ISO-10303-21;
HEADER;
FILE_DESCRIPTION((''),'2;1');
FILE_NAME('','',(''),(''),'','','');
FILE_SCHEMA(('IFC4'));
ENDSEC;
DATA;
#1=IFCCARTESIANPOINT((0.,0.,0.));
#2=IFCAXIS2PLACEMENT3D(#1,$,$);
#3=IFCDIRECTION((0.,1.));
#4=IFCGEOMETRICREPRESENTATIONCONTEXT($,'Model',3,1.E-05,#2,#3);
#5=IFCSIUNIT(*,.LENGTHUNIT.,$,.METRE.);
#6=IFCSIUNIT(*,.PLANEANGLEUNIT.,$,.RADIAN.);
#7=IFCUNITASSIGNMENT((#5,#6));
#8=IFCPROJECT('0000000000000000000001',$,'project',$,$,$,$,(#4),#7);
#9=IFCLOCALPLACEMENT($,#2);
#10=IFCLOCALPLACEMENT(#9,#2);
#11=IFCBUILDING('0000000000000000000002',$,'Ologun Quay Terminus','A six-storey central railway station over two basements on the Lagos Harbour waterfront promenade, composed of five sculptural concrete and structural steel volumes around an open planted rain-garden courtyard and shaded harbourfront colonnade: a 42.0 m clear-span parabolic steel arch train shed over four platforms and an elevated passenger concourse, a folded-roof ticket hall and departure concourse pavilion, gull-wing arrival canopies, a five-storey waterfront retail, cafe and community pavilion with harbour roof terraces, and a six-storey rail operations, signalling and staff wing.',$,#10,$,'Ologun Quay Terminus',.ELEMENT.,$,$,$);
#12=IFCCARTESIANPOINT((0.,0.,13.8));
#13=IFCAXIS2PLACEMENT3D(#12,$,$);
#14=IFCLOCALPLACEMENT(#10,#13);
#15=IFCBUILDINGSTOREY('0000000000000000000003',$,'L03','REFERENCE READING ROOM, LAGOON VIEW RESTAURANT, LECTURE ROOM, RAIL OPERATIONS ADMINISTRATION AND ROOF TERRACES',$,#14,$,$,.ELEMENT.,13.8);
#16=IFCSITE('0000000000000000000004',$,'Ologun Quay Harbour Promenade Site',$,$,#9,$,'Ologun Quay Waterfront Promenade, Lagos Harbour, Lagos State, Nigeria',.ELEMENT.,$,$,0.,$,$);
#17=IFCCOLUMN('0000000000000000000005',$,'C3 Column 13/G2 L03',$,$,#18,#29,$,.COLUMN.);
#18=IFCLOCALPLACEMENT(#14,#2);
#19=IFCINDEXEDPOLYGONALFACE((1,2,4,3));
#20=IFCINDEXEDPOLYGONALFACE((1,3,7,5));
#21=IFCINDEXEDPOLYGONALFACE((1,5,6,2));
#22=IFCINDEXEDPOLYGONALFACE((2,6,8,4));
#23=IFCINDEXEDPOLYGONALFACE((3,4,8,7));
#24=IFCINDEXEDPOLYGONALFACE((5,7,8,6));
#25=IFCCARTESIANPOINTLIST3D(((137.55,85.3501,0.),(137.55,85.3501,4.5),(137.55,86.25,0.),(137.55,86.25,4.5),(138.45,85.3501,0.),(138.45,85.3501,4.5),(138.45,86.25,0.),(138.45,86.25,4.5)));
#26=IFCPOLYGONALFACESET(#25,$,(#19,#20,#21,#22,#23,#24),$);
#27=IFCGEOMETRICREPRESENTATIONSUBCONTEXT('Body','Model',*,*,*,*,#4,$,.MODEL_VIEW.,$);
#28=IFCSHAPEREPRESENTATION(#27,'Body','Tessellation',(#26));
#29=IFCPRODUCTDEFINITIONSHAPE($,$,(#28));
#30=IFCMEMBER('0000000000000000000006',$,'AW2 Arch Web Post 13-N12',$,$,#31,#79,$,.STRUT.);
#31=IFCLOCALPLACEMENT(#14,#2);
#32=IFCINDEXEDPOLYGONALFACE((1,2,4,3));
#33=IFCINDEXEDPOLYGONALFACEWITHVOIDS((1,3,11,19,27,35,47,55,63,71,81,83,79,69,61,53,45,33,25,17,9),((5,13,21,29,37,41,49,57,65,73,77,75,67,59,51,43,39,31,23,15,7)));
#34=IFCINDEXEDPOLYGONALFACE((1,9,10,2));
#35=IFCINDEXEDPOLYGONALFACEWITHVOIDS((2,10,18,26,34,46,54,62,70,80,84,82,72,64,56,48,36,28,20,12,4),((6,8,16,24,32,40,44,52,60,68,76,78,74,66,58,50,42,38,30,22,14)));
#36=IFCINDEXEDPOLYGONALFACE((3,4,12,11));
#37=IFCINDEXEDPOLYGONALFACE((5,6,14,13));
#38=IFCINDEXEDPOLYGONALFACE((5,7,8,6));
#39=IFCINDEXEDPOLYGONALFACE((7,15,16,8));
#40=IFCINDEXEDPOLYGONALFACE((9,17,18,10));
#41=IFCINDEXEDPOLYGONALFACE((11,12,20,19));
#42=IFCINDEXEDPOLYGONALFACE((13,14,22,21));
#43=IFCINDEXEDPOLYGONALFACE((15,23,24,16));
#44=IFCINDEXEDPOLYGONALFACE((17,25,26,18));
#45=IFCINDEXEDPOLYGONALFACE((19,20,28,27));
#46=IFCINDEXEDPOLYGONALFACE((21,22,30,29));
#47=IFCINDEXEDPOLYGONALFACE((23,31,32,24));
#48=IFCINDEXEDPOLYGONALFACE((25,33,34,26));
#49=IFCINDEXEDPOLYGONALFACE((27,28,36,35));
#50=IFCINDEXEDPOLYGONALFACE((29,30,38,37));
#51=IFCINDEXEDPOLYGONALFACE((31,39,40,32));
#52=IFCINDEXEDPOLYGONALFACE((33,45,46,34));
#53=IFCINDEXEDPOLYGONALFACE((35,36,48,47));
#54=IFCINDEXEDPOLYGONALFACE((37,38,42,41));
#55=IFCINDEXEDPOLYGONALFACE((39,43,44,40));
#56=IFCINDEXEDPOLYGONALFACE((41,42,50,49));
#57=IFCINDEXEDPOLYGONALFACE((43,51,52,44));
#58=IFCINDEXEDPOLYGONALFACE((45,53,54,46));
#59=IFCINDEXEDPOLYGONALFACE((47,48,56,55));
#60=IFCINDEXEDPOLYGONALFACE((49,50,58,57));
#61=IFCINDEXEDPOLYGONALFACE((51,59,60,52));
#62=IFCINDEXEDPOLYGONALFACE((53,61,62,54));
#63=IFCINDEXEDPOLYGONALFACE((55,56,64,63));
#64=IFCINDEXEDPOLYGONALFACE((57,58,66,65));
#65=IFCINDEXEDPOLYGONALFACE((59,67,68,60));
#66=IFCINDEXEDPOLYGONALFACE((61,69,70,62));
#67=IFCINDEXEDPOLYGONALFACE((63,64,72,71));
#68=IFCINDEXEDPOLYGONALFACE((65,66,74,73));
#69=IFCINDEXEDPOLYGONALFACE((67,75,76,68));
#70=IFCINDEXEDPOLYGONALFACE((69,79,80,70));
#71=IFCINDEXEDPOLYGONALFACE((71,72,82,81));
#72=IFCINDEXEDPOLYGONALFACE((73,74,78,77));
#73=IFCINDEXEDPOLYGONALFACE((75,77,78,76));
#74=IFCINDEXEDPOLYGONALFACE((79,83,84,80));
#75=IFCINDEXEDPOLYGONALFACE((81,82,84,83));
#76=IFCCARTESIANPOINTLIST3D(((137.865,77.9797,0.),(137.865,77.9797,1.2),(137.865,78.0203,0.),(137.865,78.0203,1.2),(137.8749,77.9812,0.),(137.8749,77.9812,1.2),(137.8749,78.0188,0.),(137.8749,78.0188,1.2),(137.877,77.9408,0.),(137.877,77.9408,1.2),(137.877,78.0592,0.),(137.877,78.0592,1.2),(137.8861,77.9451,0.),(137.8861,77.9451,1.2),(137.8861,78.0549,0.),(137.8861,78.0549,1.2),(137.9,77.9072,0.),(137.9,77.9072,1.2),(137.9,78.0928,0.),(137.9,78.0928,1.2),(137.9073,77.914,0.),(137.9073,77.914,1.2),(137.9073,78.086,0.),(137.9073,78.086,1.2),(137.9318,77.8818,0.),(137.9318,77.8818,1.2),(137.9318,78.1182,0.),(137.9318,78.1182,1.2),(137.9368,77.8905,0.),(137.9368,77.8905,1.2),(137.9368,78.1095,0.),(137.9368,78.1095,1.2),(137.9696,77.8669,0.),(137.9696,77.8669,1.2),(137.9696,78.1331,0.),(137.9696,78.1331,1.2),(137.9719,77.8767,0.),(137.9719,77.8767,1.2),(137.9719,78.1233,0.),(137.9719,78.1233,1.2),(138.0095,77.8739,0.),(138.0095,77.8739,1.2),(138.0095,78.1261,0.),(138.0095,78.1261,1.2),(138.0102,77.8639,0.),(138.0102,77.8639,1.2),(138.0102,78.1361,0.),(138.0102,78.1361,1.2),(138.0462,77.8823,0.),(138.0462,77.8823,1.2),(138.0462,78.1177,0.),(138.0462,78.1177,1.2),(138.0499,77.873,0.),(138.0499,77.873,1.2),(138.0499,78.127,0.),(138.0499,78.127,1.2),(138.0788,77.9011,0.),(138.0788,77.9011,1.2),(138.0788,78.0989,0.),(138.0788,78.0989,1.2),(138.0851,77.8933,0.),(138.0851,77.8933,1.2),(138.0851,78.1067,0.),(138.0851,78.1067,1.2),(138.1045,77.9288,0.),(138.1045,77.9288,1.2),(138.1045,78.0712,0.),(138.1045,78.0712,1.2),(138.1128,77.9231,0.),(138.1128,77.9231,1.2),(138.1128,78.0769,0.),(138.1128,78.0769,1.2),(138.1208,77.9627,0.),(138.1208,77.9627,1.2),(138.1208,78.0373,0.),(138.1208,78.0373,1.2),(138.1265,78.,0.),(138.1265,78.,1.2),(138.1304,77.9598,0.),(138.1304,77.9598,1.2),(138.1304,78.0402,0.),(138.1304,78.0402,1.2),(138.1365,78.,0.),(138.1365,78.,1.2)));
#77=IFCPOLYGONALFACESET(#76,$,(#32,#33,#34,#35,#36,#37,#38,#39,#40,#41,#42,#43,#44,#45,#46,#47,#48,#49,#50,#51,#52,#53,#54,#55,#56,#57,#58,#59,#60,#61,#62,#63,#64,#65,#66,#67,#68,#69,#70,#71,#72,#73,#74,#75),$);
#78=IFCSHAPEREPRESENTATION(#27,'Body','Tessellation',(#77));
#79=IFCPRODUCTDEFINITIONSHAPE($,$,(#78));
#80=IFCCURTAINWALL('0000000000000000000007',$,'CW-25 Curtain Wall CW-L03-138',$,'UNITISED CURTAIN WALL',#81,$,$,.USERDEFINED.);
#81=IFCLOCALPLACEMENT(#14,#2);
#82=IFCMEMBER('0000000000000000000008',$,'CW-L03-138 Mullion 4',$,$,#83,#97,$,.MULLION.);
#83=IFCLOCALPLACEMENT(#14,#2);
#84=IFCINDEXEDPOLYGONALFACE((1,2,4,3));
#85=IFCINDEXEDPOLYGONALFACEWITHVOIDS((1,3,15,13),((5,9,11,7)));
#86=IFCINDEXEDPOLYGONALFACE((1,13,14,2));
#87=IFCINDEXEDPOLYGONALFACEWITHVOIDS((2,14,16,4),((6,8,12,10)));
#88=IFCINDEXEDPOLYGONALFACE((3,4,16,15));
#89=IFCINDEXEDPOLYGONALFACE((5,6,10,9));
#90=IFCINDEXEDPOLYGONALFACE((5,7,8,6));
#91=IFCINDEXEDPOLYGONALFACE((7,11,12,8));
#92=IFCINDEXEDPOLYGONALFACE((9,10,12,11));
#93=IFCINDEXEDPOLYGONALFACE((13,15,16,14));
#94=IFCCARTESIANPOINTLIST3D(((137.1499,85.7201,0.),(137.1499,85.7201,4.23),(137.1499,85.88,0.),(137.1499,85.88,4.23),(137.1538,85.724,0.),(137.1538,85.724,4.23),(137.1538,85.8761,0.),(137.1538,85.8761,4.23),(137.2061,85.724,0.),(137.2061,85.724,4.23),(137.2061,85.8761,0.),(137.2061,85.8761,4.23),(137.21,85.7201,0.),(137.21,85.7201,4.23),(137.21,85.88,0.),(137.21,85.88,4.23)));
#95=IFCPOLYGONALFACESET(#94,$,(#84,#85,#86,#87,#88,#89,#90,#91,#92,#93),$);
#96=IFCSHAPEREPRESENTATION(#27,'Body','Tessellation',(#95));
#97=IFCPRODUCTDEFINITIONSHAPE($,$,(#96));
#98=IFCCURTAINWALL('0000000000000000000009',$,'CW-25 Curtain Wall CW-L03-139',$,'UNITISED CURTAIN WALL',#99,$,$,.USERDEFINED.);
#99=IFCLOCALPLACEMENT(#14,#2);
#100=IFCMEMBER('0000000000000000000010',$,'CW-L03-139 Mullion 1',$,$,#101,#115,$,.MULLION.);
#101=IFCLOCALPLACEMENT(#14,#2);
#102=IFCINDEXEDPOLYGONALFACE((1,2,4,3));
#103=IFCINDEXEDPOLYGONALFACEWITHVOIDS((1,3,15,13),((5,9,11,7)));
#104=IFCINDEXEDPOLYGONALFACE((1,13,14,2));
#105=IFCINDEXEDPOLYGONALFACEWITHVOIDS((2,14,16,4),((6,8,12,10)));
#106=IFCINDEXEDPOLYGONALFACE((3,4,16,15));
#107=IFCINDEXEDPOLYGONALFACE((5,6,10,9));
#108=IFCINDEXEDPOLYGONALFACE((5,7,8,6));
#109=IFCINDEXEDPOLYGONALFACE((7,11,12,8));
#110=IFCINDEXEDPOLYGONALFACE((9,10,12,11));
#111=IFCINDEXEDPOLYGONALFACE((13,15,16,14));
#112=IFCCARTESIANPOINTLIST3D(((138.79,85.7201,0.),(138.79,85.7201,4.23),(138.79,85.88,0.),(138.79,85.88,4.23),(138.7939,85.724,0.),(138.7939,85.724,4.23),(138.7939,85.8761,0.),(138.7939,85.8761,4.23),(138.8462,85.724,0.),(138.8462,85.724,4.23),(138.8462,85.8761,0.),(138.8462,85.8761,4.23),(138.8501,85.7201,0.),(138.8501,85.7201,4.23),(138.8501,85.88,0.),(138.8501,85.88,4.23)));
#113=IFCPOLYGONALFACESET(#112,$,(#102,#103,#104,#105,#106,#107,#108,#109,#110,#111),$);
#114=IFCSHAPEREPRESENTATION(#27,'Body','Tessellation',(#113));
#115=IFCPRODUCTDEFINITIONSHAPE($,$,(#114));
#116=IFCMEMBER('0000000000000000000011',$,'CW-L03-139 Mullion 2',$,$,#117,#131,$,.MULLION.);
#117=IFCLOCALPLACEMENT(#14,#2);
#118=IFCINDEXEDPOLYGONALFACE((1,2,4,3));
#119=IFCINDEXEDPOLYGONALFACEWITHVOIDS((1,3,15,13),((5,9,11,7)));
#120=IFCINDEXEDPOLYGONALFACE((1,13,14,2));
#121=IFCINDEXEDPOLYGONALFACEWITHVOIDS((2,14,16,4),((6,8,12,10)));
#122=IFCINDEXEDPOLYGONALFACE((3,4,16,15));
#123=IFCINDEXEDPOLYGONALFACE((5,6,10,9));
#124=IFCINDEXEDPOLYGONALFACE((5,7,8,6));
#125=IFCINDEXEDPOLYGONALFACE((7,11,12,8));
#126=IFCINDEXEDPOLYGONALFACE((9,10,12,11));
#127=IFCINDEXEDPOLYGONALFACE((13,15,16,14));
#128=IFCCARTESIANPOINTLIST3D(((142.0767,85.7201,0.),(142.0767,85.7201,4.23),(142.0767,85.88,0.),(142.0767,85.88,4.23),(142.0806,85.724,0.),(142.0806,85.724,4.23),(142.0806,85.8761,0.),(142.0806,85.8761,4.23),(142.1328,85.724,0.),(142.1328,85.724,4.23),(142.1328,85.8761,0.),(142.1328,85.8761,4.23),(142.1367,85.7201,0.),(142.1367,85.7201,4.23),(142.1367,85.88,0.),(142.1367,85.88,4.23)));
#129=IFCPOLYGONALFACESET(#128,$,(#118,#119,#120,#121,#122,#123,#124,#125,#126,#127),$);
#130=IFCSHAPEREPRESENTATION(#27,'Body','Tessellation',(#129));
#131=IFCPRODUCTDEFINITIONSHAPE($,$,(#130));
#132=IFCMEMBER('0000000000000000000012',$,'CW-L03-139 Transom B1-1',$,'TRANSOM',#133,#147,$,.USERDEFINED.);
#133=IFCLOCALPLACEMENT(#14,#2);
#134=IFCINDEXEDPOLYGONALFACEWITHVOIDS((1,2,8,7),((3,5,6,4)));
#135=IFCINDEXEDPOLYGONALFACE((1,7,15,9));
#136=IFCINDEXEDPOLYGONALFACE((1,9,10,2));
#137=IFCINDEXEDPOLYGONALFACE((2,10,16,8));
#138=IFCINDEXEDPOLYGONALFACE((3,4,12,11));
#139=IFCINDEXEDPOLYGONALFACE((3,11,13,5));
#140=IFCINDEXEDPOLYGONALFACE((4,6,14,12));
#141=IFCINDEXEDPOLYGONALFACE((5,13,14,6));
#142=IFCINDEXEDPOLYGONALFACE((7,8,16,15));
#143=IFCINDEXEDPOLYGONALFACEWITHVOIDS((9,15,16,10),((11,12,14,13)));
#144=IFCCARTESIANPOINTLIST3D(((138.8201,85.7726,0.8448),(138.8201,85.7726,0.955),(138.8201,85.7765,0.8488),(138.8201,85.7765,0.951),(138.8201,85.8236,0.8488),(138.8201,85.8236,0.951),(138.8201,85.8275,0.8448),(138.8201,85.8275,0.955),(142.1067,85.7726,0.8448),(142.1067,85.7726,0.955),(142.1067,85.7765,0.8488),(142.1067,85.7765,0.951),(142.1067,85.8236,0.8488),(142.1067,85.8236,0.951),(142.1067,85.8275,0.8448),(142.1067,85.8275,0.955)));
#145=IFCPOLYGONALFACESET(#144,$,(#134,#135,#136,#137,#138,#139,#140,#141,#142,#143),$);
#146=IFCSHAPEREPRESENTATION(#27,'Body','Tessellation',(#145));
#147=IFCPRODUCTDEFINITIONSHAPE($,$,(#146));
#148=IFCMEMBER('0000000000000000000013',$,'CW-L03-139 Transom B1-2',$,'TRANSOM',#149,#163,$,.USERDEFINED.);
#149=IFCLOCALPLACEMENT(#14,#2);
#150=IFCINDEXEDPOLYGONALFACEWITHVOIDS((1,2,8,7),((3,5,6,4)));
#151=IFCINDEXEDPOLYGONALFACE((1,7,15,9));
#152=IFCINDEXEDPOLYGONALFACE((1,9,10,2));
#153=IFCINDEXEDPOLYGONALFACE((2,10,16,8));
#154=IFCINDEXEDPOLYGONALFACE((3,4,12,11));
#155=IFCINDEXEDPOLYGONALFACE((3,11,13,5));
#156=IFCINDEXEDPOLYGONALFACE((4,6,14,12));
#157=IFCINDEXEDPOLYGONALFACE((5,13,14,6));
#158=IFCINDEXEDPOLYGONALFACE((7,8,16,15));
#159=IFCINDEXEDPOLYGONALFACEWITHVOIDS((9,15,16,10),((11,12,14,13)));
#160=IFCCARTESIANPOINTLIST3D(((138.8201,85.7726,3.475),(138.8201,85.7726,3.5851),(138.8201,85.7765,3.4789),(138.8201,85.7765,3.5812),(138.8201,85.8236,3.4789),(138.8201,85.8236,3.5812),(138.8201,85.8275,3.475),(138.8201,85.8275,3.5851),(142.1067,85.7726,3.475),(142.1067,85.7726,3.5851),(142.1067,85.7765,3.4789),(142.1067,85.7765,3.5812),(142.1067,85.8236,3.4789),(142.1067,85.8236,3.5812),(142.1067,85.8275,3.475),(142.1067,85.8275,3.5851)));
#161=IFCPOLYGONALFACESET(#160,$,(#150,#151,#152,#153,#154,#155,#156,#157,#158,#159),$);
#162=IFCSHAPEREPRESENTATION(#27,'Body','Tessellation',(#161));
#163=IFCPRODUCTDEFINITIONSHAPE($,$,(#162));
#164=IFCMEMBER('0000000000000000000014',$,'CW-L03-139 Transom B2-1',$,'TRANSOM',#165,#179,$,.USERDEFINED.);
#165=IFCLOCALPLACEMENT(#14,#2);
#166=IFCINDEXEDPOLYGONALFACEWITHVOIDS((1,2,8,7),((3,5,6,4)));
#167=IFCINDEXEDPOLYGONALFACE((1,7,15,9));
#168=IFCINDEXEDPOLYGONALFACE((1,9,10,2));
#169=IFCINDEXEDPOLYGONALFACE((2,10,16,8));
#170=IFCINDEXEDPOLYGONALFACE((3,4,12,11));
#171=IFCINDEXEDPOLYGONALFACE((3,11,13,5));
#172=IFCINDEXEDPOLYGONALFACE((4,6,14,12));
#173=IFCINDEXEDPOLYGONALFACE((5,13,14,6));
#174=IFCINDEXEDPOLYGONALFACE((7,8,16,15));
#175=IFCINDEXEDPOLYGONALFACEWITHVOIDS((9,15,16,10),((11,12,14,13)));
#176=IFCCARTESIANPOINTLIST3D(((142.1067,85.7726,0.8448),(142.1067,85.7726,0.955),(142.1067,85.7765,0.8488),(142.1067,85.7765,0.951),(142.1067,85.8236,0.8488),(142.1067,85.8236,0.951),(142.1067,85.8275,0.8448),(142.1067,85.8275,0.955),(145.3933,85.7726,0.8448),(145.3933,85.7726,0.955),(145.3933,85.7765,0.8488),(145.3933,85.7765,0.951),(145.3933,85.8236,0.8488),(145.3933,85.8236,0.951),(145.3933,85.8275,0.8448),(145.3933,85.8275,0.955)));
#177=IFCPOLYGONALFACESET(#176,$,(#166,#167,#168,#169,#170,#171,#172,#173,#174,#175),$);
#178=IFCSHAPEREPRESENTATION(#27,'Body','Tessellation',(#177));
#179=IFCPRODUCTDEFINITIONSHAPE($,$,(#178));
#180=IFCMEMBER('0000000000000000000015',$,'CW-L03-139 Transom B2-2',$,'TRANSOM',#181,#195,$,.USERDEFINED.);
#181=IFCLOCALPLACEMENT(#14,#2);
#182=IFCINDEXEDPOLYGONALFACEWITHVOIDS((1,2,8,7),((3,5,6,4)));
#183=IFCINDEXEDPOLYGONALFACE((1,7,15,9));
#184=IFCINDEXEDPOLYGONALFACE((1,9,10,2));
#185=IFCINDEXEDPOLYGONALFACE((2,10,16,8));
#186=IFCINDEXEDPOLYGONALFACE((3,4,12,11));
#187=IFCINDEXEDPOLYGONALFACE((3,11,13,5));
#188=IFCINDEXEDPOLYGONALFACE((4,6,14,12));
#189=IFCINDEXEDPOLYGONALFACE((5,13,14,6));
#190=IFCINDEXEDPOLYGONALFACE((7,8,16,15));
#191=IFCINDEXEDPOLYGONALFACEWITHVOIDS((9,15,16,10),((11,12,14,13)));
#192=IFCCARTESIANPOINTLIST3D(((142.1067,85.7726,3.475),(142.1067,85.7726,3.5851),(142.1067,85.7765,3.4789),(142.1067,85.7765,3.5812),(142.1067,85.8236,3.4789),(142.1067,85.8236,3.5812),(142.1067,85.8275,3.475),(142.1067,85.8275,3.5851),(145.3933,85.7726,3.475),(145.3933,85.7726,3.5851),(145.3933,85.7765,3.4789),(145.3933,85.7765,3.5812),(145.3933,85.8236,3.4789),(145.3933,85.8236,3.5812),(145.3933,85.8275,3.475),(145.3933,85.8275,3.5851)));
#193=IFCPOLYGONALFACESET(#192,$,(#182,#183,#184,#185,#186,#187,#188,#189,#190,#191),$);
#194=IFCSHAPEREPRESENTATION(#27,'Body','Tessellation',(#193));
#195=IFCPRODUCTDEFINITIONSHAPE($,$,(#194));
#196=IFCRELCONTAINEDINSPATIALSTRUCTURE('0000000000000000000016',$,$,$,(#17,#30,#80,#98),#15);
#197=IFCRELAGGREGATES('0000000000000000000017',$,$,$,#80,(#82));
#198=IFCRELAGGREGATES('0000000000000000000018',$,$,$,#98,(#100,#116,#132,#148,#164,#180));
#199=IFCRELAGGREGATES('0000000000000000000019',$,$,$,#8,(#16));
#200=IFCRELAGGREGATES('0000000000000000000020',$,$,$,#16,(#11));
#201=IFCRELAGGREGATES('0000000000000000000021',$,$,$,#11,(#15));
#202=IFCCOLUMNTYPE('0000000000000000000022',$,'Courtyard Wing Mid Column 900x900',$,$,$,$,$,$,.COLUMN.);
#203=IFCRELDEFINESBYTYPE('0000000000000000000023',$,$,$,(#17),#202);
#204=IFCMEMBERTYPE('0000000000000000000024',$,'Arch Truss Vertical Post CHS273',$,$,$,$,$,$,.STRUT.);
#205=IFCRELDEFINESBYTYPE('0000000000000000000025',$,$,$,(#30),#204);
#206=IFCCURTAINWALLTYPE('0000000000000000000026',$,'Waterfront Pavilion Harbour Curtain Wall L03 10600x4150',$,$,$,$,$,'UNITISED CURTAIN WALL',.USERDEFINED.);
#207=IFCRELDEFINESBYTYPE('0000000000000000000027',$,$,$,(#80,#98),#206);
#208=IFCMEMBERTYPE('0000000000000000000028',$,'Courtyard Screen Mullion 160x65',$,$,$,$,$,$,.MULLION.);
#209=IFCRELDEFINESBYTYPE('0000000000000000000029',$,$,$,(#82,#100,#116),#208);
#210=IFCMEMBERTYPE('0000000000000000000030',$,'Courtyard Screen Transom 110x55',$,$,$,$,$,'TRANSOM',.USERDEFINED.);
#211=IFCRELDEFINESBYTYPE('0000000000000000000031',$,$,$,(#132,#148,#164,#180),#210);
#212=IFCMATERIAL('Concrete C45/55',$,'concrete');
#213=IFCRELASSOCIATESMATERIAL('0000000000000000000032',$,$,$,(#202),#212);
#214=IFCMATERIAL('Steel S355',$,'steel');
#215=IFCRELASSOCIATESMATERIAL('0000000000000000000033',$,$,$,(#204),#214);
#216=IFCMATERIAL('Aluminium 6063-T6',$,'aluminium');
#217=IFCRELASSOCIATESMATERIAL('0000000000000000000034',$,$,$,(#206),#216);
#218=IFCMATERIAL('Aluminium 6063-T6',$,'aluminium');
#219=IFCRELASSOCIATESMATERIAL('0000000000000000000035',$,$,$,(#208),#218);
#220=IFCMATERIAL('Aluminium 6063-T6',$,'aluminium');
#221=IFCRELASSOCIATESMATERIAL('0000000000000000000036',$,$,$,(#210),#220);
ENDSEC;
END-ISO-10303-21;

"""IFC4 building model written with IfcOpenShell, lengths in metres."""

from ifc_helpers import new_model, si_unit, direction, frame, origin, origin_2d, place, context, subcontext, project, spatial, rectangle, hollow_rectangle, hollow_circle, extrude, material, material_profile, profile_set, type_object, element, aggregate, save


model = new_model("IFC4")

# Units and contexts
model_context = context("Model", 3, precision=1e-05, world=origin(), true_north=direction((0.0, 1.0)))
body_context = subcontext(model_context, "Body", "Model", "MODEL_VIEW")
ifc_project = project(units=[si_unit("LENGTHUNIT", "METRE"), si_unit("PLANEANGLEUNIT", "RADIAN")], contexts=[model_context])

# Site, building, storey
site_placement = place(None, origin())
site = spatial("IfcSite", under=ifc_project, at=site_placement, Name="Ologun Quay Harbour Promenade Site", LongName="Ologun Quay Waterfront Promenade, Lagos Harbour, Lagos State, Nigeria", CompositionType="ELEMENT", RefElevation=0.0)
building_placement = place(site_placement, origin())
building = spatial("IfcBuilding", under=site, at=building_placement, Name="Ologun Quay Terminus", Description="A six-storey central railway station over two basements on the Lagos Harbour waterfront promenade, composed of five sculptural concrete and structural steel volumes around an open planted rain-garden courtyard and shaded harbourfront colonnade: a 42.0 m clear-span parabolic steel arch train shed over four platforms and an elevated passenger concourse, a folded-roof ticket hall and departure concourse pavilion, gull-wing arrival canopies, a five-storey waterfront retail, cafe and community pavilion with harbour roof terraces, and a six-storey rail operations, signalling and staff wing.", LongName="Ologun Quay Terminus", CompositionType="ELEMENT")
storey_placement = place(building_placement, frame((0.0, 0.0, 13.8)))
storey = spatial("IfcBuildingStorey", under=building, at=storey_placement, Name="L03", Description="REFERENCE READING ROOM, LAGOON VIEW RESTAURANT, LECTURE ROOM, RAIL OPERATIONS ADMINISTRATION AND ROOF TERRACES", CompositionType="ELEMENT", Elevation=13.8)

# Column
ifc_material_1 = material(Name="Concrete C45/55", Category="concrete")
ifc_material_profile_1 = material_profile(ifc_material_1, rectangle(XDim=0.8999, YDim=0.8999, at=origin_2d()), Name="RC 900x900")
ifc_profile_set_1 = profile_set([ifc_material_profile_1], Name="Concrete C45/55")
column_type = type_object("IfcColumnType", Name="Courtyard Wing Mid Column 900x900", PredefinedType="COLUMN", material=ifc_profile_set_1)
column_placement = place(storey_placement, frame((138.0, 85.8, 0.0), z_axis=(0.0, 0.0, 1.0), x_axis=(1.0, 0.0, 0.0)))
element("IfcColumn", 1, at=column_placement, inside=storey, type_object=column_type, Name="C3 Column 13/G2 L03", PredefinedType="COLUMN", context=body_context, shape_type="SweptSolid", body=[
    extrude(rectangle(XDim=0.8999, YDim=0.8999, at=origin_2d()), origin(), (0.0, 0.0, 1.0), 4.5),
])

# Member
ifc_material_2 = material(Name="Steel S355", Category="steel")
ifc_material_profile_2 = material_profile(ifc_material_2, hollow_circle(Radius=0.1365, WallThickness=0.01, at=origin_2d()), Name="CHS 273x10")
ifc_profile_set_2 = profile_set([ifc_material_profile_2], Name="Steel S355")
member_type_1 = type_object("IfcMemberType", Name="Arch Truss Vertical Post CHS273", PredefinedType="STRUT", material=ifc_profile_set_2)
member_1_placement = place(storey_placement, frame((138.0, 78.0, 0.0), z_axis=(0.0, 0.0, 1.0), x_axis=(1.0, 0.0, 0.0)))
element("IfcMember", 2, at=member_1_placement, inside=storey, type_object=member_type_1, Name="AW2 Arch Web Post 13-N12", PredefinedType="STRUT", context=body_context, shape_type="SweptSolid", body=[
    extrude(hollow_circle(Radius=0.1365, WallThickness=0.01, at=origin_2d()), origin(), (0.0, 0.0, 1.0), 1.2),
])

# Curtain wall, member
ifc_material_3 = material(Name="Aluminium 6063-T6", Category="aluminium")
curtain_wall_type = type_object("IfcCurtainWallType", Name="Waterfront Pavilion Harbour Curtain Wall L03 10600x4150", ElementType="UNITISED CURTAIN WALL", PredefinedType="USERDEFINED", material=ifc_material_3)
curtain_wall_1_placement = place(storey_placement, origin())
curtain_wall_1 = element("IfcCurtainWall", 3, at=curtain_wall_1_placement, inside=storey, type_object=curtain_wall_type, Name="CW-25 Curtain Wall CW-L03-138", ObjectType="UNITISED CURTAIN WALL", PredefinedType="USERDEFINED")
ifc_material_4 = material(Name="Aluminium 6063-T6", Category="aluminium")
ifc_material_profile_3 = material_profile(ifc_material_4, hollow_rectangle(XDim=0.0601, YDim=0.1599, WallThickness=0.0039, at=origin_2d()), Name="ALU 160x60x4")
ifc_profile_set_3 = profile_set([ifc_material_profile_3], Name="Aluminium 6063-T6")
member_type_2 = type_object("IfcMemberType", Name="Courtyard Screen Mullion 160x65", PredefinedType="MULLION", material=ifc_profile_set_3)
member_2_placement = place(storey_placement, frame((137.1799, 85.8, 0.0), z_axis=(0.0, 0.0, 1.0), x_axis=(1.0, 0.0, 0.0)))
member_2 = element("IfcMember", 4, at=member_2_placement, type_object=member_type_2, Name="CW-L03-138 Mullion 4", PredefinedType="MULLION", context=body_context, shape_type="SweptSolid", body=[
    extrude(hollow_rectangle(XDim=0.0601, YDim=0.1599, WallThickness=0.0039, at=origin_2d()), origin(), (0.0, 0.0, 1.0), 4.23),
])
aggregate(curtain_wall_1, [member_2])

# Curtain wall, members
curtain_wall_2_placement = place(storey_placement, origin())
curtain_wall_2 = element("IfcCurtainWall", 5, at=curtain_wall_2_placement, inside=storey, type_object=curtain_wall_type, Name="CW-25 Curtain Wall CW-L03-139", ObjectType="UNITISED CURTAIN WALL", PredefinedType="USERDEFINED")
member_3_placement = place(storey_placement, frame((138.8201, 85.8, 0.0), z_axis=(0.0, 0.0, 1.0), x_axis=(1.0, 0.0, 0.0)))
member_3 = element("IfcMember", 6, at=member_3_placement, type_object=member_type_2, Name="CW-L03-139 Mullion 1", PredefinedType="MULLION", context=body_context, shape_type="SweptSolid", body=[
    extrude(hollow_rectangle(XDim=0.0601, YDim=0.1599, WallThickness=0.0039, at=origin_2d()), origin(), (0.0, 0.0, 1.0), 4.23),
])
member_4_placement = place(storey_placement, frame((142.1067, 85.8, 0.0), z_axis=(0.0, 0.0, 1.0), x_axis=(1.0, 0.0, 0.0)))
member_4 = element("IfcMember", 7, at=member_4_placement, type_object=member_type_2, Name="CW-L03-139 Mullion 2", PredefinedType="MULLION", context=body_context, shape_type="SweptSolid", body=[
    extrude(hollow_rectangle(XDim=0.0601, YDim=0.1599, WallThickness=0.0039, at=origin_2d()), origin(), (0.0, 0.0, 1.0), 4.23),
])
ifc_material_5 = material(Name="Aluminium 6063-T6", Category="aluminium")
ifc_material_profile_4 = material_profile(ifc_material_5, hollow_rectangle(XDim=0.0549, YDim=0.1101, WallThickness=0.0039, at=origin_2d()), Name="ALU 110x55x4")
ifc_profile_set_4 = profile_set([ifc_material_profile_4], Name="Aluminium 6063-T6")
member_type_3 = type_object("IfcMemberType", Name="Courtyard Screen Transom 110x55", ElementType="TRANSOM", PredefinedType="USERDEFINED", material=ifc_profile_set_4)
member_5_placement = place(storey_placement, frame((138.8201, 85.8, 0.8999), z_axis=(1.0, 0.0, 0.0), x_axis=(0.0, 1.0, 0.0)))
member_5 = element("IfcMember", 8, at=member_5_placement, type_object=member_type_3, Name="CW-L03-139 Transom B1-1", ObjectType="TRANSOM", PredefinedType="USERDEFINED", context=body_context, shape_type="SweptSolid", body=[
    extrude(hollow_rectangle(XDim=0.0549, YDim=0.1101, WallThickness=0.0039, at=origin_2d()), origin(), (0.0, 0.0, 1.0), 3.2866),
])
member_6_placement = place(storey_placement, frame((138.8201, 85.8, 3.53), z_axis=(1.0, 0.0, 0.0), x_axis=(0.0, 1.0, 0.0)))
member_6 = element("IfcMember", 9, at=member_6_placement, type_object=member_type_3, Name="CW-L03-139 Transom B1-2", ObjectType="TRANSOM", PredefinedType="USERDEFINED", context=body_context, shape_type="SweptSolid", body=[
    extrude(hollow_rectangle(XDim=0.0549, YDim=0.1101, WallThickness=0.0039, at=origin_2d()), origin(), (0.0, 0.0, 1.0), 3.2866),
])
member_7_placement = place(storey_placement, frame((142.1067, 85.8, 0.8999), z_axis=(1.0, 0.0, 0.0), x_axis=(0.0, 1.0, 0.0)))
member_7 = element("IfcMember", 10, at=member_7_placement, type_object=member_type_3, Name="CW-L03-139 Transom B2-1", ObjectType="TRANSOM", PredefinedType="USERDEFINED", context=body_context, shape_type="SweptSolid", body=[
    extrude(hollow_rectangle(XDim=0.0549, YDim=0.1101, WallThickness=0.0039, at=origin_2d()), origin(), (0.0, 0.0, 1.0), 3.2866),
])
member_8_placement = place(storey_placement, frame((142.1067, 85.8, 3.53), z_axis=(1.0, 0.0, 0.0), x_axis=(0.0, 1.0, 0.0)))
member_8 = element("IfcMember", 11, at=member_8_placement, type_object=member_type_3, Name="CW-L03-139 Transom B2-2", ObjectType="TRANSOM", PredefinedType="USERDEFINED", context=body_context, shape_type="SweptSolid", body=[
    extrude(hollow_rectangle(XDim=0.0549, YDim=0.1101, WallThickness=0.0039, at=origin_2d()), origin(), (0.0, 0.0, 1.0), 3.2866),
])

aggregate(curtain_wall_2, [member_3, member_4, member_5, member_6, member_7, member_8])

save(model, "model.ifc")
